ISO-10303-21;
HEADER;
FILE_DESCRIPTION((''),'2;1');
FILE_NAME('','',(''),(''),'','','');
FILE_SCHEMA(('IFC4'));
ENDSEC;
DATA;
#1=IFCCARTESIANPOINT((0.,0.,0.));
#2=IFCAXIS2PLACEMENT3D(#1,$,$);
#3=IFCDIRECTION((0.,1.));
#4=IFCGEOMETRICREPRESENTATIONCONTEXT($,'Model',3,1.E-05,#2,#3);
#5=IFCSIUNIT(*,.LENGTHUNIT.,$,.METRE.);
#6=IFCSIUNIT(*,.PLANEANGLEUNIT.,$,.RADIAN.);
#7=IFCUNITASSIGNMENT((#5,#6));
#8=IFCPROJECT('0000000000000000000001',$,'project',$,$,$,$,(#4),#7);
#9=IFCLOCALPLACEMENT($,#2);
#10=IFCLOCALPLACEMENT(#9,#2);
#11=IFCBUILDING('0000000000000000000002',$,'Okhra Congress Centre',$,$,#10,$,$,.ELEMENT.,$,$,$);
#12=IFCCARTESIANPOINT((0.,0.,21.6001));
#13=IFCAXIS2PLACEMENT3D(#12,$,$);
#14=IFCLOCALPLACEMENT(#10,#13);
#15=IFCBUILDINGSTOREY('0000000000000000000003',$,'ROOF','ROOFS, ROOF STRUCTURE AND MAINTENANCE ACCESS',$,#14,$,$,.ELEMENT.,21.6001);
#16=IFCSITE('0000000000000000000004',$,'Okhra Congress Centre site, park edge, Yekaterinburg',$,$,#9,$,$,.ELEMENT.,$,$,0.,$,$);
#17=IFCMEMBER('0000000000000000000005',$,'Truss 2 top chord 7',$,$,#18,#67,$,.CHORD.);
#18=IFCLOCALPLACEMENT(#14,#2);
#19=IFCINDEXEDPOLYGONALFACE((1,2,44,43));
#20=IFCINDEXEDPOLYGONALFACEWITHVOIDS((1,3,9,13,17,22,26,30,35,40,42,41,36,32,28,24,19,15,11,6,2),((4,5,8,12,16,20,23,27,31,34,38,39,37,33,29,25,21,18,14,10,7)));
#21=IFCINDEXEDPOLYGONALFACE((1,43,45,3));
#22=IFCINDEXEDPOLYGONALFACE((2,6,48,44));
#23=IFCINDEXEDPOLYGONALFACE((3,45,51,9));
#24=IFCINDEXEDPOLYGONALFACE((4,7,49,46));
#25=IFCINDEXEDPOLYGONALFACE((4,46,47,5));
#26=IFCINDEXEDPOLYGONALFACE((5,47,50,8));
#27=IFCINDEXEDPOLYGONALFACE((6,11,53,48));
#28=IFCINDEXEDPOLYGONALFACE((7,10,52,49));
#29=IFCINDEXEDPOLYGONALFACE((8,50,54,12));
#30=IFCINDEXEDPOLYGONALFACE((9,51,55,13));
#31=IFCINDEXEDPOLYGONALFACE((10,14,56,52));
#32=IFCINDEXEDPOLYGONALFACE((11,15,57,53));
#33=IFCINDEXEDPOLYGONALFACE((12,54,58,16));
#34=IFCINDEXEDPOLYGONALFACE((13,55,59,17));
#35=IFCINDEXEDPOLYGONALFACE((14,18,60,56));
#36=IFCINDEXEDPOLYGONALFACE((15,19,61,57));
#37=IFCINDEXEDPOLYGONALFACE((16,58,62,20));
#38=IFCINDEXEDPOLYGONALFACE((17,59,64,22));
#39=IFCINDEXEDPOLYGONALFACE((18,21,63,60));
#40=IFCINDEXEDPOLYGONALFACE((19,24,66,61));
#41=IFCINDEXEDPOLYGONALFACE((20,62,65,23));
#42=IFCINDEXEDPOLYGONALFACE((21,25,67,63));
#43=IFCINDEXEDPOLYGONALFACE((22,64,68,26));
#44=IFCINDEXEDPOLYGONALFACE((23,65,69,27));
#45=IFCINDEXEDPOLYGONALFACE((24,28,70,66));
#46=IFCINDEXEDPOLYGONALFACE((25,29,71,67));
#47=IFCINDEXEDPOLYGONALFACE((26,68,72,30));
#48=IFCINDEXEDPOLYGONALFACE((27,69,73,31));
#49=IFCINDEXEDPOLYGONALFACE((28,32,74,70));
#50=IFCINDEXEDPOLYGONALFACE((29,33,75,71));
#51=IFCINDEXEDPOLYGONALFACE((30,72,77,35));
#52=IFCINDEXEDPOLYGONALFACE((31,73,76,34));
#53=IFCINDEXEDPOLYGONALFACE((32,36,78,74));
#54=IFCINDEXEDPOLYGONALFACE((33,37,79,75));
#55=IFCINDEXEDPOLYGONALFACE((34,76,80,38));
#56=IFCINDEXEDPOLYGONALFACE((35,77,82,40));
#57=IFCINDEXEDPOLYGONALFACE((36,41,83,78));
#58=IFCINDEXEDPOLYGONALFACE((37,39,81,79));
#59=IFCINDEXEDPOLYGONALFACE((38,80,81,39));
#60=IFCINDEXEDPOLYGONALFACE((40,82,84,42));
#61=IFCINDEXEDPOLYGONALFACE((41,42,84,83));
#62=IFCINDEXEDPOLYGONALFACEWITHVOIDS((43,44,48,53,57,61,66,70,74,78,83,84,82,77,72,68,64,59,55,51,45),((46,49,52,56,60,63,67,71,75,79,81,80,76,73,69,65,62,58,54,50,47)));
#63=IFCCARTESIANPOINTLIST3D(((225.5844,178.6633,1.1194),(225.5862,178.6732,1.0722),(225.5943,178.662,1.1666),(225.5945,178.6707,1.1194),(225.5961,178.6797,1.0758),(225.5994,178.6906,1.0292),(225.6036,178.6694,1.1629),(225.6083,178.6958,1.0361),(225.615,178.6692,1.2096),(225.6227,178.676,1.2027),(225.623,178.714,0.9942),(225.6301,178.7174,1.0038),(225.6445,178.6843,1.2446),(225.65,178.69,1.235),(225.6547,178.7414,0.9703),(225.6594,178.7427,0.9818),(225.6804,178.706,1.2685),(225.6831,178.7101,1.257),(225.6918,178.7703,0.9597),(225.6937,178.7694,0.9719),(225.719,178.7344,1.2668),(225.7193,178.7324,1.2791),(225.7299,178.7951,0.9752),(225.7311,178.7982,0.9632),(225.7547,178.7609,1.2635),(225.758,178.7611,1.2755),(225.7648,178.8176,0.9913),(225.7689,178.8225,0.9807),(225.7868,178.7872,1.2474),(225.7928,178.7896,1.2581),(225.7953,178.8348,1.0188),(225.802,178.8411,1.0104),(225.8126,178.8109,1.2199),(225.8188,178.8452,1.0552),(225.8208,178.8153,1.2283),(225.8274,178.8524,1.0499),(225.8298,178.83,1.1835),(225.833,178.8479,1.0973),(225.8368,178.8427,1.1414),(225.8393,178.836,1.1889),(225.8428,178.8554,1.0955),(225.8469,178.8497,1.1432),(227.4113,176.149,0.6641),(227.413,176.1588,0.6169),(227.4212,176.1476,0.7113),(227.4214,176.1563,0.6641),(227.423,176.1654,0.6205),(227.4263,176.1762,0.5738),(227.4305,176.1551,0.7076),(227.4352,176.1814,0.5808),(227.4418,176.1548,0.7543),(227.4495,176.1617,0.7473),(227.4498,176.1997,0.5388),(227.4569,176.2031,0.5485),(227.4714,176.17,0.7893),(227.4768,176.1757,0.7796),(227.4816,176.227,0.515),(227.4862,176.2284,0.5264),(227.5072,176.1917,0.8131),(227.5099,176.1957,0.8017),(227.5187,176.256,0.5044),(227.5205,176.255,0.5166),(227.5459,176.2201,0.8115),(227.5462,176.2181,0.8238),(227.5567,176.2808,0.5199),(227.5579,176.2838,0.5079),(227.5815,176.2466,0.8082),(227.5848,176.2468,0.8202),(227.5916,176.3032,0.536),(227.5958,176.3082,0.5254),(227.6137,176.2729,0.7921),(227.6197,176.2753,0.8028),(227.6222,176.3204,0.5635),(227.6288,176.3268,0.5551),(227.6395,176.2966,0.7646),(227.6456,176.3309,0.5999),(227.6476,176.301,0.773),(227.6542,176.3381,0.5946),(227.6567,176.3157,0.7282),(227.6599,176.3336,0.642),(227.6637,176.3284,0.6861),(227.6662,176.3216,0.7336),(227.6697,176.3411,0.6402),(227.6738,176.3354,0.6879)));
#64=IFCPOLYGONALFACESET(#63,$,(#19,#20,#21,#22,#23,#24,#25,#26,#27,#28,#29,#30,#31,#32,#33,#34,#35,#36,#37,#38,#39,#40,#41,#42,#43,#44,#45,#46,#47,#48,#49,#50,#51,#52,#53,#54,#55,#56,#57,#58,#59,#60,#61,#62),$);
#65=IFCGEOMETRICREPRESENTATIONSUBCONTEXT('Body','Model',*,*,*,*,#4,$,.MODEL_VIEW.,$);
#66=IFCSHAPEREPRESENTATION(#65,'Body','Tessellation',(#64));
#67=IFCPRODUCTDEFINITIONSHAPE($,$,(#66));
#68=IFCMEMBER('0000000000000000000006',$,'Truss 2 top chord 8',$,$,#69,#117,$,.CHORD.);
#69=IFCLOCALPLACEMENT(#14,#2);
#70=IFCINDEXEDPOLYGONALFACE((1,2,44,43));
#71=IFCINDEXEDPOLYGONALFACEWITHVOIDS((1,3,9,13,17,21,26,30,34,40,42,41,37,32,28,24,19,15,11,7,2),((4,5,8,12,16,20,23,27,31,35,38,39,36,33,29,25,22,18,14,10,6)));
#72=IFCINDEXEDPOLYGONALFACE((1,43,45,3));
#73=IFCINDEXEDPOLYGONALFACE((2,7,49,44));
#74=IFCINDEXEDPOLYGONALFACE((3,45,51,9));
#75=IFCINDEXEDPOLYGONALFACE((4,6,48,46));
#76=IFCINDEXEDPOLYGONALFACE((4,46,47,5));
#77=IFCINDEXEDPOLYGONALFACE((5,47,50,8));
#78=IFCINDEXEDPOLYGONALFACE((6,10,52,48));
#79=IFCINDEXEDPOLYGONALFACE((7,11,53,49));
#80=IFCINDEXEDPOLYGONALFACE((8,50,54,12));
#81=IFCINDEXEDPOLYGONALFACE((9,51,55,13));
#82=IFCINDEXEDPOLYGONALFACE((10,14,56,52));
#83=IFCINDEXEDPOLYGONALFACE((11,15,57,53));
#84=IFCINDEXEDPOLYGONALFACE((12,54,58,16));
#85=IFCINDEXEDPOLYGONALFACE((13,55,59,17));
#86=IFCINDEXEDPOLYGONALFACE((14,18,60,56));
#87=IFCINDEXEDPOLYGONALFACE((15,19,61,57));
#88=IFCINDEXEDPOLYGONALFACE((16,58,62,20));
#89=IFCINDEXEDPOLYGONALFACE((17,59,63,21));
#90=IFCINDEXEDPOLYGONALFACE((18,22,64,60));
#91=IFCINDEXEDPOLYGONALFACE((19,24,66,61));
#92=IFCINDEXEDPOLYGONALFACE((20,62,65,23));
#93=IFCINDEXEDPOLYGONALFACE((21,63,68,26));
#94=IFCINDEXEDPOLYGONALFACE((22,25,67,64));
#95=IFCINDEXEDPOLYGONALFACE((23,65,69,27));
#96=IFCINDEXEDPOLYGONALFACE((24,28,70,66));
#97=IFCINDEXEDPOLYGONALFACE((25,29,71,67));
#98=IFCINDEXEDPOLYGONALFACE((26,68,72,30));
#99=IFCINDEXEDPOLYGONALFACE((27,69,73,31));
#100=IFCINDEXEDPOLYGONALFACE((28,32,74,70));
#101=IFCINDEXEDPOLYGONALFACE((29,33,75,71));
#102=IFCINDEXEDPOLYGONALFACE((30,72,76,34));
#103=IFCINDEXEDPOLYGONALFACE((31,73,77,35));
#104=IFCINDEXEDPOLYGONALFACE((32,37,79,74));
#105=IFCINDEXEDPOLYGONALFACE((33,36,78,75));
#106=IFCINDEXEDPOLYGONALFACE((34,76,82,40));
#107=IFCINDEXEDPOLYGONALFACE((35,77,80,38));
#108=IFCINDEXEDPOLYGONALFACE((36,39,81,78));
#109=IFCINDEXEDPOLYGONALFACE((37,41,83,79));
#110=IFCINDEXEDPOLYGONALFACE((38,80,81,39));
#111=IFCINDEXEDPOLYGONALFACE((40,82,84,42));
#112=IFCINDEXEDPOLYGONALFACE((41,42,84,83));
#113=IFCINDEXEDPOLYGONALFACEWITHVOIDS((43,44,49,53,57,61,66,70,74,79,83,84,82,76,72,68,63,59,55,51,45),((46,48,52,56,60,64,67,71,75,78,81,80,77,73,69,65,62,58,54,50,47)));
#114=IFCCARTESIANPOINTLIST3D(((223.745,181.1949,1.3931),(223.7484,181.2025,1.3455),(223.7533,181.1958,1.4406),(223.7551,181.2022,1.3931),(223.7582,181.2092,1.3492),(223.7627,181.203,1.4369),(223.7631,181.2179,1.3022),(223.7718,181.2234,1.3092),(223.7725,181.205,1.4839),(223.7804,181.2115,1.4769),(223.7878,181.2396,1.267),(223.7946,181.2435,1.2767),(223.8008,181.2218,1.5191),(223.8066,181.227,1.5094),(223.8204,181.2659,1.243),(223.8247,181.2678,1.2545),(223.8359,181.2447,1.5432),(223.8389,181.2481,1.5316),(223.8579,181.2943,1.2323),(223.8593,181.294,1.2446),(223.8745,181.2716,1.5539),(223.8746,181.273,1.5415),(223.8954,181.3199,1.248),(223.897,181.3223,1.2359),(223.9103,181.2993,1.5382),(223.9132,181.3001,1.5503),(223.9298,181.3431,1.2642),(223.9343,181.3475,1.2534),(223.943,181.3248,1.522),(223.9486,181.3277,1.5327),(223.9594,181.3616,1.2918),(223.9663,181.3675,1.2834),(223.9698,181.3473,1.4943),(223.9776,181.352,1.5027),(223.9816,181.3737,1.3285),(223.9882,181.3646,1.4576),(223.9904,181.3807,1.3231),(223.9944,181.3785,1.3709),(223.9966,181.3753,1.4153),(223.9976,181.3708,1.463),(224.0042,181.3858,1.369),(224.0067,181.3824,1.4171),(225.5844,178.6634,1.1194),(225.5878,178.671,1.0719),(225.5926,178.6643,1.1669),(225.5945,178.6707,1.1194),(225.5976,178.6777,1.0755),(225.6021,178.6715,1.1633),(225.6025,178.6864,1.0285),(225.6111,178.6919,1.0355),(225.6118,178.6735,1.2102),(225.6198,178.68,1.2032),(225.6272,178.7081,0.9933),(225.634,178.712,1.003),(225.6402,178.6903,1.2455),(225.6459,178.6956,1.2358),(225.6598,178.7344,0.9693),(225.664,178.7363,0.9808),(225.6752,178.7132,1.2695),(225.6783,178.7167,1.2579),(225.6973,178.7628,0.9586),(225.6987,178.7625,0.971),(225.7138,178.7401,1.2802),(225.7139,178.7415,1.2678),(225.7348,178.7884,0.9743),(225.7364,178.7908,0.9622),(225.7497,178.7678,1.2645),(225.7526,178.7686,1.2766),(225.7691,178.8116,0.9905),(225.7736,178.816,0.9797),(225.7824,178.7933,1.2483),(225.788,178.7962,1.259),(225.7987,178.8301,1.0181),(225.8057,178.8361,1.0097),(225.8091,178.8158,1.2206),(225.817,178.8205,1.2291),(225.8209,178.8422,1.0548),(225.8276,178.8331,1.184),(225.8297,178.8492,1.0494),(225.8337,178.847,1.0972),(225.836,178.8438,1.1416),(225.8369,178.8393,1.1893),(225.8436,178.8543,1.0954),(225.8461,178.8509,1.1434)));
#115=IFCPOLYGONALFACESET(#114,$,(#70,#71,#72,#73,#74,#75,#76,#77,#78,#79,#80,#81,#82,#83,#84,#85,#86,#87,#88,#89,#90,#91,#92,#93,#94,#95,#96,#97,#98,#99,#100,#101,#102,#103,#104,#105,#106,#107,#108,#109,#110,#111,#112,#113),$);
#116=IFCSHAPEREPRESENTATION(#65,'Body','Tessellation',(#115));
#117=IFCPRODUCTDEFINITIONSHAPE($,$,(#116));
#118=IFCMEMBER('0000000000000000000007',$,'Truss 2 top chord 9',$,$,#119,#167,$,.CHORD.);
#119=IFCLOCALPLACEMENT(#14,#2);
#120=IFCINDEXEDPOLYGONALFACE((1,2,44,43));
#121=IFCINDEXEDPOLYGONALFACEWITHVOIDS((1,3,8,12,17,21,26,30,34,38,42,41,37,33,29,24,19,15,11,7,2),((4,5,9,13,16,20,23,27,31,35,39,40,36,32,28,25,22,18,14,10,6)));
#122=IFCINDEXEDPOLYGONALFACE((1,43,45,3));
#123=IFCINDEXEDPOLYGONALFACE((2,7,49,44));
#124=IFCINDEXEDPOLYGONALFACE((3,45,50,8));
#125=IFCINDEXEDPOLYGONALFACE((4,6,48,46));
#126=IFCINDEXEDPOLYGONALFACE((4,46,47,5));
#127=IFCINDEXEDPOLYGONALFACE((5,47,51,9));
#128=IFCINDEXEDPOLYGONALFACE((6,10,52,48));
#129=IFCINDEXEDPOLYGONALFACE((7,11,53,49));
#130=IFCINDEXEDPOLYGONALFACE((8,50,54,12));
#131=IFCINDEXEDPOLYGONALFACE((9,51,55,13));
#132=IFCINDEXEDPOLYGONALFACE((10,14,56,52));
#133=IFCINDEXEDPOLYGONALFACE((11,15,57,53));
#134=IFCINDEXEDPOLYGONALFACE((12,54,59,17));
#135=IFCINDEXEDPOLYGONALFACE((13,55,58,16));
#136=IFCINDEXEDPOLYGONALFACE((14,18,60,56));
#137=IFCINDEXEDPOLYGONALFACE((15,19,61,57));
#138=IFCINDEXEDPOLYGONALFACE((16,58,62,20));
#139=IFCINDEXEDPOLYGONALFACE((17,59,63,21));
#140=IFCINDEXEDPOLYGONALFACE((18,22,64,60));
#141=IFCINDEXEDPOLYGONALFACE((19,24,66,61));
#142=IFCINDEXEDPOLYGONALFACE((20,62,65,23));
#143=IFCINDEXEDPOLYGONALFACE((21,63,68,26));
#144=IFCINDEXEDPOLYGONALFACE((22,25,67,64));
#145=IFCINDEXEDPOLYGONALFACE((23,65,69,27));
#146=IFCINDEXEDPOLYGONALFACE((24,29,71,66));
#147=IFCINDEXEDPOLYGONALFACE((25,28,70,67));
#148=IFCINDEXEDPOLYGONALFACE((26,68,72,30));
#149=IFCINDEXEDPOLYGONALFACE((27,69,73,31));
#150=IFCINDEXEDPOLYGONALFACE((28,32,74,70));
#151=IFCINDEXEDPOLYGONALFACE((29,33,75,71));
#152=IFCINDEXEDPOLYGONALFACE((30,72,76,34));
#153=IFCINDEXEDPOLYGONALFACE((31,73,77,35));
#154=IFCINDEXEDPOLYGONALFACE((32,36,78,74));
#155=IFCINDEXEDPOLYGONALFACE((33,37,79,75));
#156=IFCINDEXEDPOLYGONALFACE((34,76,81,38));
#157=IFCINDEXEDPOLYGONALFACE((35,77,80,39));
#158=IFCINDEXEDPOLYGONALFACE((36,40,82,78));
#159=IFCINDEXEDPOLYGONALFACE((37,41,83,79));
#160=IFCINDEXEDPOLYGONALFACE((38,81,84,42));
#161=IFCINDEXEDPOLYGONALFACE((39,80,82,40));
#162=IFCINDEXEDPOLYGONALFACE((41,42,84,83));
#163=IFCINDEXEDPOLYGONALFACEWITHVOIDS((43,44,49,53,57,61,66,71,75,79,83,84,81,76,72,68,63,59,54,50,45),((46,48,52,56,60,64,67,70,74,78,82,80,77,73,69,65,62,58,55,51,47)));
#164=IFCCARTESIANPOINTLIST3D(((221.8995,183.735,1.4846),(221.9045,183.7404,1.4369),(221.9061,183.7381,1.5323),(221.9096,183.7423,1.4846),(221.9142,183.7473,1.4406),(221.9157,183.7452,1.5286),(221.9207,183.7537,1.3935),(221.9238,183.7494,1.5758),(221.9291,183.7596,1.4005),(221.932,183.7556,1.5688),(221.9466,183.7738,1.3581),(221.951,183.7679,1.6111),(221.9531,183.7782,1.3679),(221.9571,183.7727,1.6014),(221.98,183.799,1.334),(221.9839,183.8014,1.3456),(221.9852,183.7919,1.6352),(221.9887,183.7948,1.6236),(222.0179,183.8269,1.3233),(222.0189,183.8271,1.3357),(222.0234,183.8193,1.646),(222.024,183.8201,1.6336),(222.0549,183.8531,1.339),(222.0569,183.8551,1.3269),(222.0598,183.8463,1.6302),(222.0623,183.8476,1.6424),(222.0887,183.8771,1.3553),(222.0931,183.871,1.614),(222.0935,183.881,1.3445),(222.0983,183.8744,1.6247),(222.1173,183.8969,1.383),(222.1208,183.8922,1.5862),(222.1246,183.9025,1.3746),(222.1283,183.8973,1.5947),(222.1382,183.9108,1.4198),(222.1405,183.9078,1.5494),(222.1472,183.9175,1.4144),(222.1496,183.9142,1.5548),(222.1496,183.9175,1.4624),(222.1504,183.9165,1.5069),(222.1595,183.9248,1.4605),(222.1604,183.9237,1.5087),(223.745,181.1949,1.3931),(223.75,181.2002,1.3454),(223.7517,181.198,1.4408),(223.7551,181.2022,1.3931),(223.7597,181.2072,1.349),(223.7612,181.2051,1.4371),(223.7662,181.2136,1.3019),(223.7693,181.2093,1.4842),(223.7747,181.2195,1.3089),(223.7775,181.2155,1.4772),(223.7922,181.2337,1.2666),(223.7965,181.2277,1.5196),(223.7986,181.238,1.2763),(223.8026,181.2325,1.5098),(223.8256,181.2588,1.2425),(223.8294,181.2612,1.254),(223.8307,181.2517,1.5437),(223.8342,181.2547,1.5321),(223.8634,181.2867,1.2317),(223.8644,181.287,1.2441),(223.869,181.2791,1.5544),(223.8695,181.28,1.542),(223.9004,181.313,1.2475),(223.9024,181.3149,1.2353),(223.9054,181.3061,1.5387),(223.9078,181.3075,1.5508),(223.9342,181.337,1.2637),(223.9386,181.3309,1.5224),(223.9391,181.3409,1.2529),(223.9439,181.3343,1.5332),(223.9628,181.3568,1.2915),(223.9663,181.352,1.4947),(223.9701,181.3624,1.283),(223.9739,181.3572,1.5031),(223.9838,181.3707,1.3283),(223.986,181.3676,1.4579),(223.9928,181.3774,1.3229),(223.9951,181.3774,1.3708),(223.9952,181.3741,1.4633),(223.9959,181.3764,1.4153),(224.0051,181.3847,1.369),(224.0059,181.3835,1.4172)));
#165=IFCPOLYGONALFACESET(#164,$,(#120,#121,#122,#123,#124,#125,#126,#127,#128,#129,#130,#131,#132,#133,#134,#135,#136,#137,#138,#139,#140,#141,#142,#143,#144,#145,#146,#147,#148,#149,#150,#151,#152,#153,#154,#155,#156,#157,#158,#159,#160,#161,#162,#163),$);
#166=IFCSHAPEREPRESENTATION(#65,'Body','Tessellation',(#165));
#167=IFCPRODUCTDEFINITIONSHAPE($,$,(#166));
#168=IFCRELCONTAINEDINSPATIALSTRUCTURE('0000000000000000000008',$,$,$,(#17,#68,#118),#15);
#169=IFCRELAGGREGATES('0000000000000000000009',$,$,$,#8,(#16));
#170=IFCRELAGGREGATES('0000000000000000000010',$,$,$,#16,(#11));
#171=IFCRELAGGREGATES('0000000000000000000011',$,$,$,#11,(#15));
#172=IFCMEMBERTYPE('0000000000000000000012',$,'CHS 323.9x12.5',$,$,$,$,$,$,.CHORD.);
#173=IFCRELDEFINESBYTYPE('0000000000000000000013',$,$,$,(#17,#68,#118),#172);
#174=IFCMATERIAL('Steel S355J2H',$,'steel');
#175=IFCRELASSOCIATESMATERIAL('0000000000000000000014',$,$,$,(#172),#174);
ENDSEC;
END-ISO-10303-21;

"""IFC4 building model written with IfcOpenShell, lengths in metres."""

from ifc_helpers import new_model, si_unit, direction, frame, origin, origin_2d, place, context, subcontext, project, spatial, hollow_circle, extrude, material, material_profile, profile_set, type_object, element, save


model = new_model("IFC4")

# Units and contexts
model_context = context("Model", 3, precision=1e-05, world=origin(), true_north=direction((0.0, 1.0)))
body_context = subcontext(model_context, "Body", "Model", "MODEL_VIEW")
ifc_project = project(units=[si_unit("LENGTHUNIT", "METRE"), si_unit("PLANEANGLEUNIT", "RADIAN")], contexts=[model_context])

# Site, building, storey
site_placement = place(None, origin())
site = spatial("IfcSite", under=ifc_project, at=site_placement, Name="Okhra Congress Centre site, park edge, Yekaterinburg", CompositionType="ELEMENT", RefElevation=0.0)
building_placement = place(site_placement, origin())
building = spatial("IfcBuilding", under=site, at=building_placement, Name="Okhra Congress Centre", CompositionType="ELEMENT")
storey_placement = place(building_placement, frame((0.0, 0.0, 21.6001)))
storey = spatial("IfcBuildingStorey", under=building, at=storey_placement, Name="ROOF", Description="ROOFS, ROOF STRUCTURE AND MAINTENANCE ACCESS", CompositionType="ELEMENT", Elevation=21.6001)

# Members
ifc_material_1 = material(Name="Steel S355J2H", Category="steel")
ifc_material_profile_1 = material_profile(ifc_material_1, hollow_circle(Radius=0.1619, WallThickness=0.0125, at=origin_2d()), Name="CHS 323.9x12.5")
ifc_profile_set_1 = profile_set([ifc_material_profile_1], Name="Steel S355J2H")
member_type_1 = type_object("IfcMemberType", Name="CHS 323.9x12.5", PredefinedType="CHORD", material=ifc_profile_set_1)
for number, where, z_axis, x_axis, name in (
    (1, (227.5422, 176.2441, 0.6641), (-0.581595, 0.80046, 0.144952), (-0.809004, -0.587803, 0.0), "Truss 2 top chord 7"),
    (2, (225.7153, 178.7585, 1.1194), (-0.585574, 0.805923, 0.087129), (-0.808999, -0.58781, 0.0), "Truss 2 top chord 8"),
    (3, (223.876, 181.29, 1.3931), (-0.587538, 0.808671, 0.029148), (-0.809015, -0.587788, 0.0), "Truss 2 top chord 9"),
):
    element("IfcMember", number, at=place(storey_placement, frame(where, z_axis=z_axis, x_axis=x_axis)), inside=storey, type_object=member_type_1, Name=name, PredefinedType="CHORD", context=body_context, shape_type="SweptSolid", body=[
        extrude(hollow_circle(Radius=0.1619, WallThickness=0.0125, at=origin_2d()), origin(), (0.0, 0.0, 1.0), 3.1411),
    ])

save(model, "model.ifc")
